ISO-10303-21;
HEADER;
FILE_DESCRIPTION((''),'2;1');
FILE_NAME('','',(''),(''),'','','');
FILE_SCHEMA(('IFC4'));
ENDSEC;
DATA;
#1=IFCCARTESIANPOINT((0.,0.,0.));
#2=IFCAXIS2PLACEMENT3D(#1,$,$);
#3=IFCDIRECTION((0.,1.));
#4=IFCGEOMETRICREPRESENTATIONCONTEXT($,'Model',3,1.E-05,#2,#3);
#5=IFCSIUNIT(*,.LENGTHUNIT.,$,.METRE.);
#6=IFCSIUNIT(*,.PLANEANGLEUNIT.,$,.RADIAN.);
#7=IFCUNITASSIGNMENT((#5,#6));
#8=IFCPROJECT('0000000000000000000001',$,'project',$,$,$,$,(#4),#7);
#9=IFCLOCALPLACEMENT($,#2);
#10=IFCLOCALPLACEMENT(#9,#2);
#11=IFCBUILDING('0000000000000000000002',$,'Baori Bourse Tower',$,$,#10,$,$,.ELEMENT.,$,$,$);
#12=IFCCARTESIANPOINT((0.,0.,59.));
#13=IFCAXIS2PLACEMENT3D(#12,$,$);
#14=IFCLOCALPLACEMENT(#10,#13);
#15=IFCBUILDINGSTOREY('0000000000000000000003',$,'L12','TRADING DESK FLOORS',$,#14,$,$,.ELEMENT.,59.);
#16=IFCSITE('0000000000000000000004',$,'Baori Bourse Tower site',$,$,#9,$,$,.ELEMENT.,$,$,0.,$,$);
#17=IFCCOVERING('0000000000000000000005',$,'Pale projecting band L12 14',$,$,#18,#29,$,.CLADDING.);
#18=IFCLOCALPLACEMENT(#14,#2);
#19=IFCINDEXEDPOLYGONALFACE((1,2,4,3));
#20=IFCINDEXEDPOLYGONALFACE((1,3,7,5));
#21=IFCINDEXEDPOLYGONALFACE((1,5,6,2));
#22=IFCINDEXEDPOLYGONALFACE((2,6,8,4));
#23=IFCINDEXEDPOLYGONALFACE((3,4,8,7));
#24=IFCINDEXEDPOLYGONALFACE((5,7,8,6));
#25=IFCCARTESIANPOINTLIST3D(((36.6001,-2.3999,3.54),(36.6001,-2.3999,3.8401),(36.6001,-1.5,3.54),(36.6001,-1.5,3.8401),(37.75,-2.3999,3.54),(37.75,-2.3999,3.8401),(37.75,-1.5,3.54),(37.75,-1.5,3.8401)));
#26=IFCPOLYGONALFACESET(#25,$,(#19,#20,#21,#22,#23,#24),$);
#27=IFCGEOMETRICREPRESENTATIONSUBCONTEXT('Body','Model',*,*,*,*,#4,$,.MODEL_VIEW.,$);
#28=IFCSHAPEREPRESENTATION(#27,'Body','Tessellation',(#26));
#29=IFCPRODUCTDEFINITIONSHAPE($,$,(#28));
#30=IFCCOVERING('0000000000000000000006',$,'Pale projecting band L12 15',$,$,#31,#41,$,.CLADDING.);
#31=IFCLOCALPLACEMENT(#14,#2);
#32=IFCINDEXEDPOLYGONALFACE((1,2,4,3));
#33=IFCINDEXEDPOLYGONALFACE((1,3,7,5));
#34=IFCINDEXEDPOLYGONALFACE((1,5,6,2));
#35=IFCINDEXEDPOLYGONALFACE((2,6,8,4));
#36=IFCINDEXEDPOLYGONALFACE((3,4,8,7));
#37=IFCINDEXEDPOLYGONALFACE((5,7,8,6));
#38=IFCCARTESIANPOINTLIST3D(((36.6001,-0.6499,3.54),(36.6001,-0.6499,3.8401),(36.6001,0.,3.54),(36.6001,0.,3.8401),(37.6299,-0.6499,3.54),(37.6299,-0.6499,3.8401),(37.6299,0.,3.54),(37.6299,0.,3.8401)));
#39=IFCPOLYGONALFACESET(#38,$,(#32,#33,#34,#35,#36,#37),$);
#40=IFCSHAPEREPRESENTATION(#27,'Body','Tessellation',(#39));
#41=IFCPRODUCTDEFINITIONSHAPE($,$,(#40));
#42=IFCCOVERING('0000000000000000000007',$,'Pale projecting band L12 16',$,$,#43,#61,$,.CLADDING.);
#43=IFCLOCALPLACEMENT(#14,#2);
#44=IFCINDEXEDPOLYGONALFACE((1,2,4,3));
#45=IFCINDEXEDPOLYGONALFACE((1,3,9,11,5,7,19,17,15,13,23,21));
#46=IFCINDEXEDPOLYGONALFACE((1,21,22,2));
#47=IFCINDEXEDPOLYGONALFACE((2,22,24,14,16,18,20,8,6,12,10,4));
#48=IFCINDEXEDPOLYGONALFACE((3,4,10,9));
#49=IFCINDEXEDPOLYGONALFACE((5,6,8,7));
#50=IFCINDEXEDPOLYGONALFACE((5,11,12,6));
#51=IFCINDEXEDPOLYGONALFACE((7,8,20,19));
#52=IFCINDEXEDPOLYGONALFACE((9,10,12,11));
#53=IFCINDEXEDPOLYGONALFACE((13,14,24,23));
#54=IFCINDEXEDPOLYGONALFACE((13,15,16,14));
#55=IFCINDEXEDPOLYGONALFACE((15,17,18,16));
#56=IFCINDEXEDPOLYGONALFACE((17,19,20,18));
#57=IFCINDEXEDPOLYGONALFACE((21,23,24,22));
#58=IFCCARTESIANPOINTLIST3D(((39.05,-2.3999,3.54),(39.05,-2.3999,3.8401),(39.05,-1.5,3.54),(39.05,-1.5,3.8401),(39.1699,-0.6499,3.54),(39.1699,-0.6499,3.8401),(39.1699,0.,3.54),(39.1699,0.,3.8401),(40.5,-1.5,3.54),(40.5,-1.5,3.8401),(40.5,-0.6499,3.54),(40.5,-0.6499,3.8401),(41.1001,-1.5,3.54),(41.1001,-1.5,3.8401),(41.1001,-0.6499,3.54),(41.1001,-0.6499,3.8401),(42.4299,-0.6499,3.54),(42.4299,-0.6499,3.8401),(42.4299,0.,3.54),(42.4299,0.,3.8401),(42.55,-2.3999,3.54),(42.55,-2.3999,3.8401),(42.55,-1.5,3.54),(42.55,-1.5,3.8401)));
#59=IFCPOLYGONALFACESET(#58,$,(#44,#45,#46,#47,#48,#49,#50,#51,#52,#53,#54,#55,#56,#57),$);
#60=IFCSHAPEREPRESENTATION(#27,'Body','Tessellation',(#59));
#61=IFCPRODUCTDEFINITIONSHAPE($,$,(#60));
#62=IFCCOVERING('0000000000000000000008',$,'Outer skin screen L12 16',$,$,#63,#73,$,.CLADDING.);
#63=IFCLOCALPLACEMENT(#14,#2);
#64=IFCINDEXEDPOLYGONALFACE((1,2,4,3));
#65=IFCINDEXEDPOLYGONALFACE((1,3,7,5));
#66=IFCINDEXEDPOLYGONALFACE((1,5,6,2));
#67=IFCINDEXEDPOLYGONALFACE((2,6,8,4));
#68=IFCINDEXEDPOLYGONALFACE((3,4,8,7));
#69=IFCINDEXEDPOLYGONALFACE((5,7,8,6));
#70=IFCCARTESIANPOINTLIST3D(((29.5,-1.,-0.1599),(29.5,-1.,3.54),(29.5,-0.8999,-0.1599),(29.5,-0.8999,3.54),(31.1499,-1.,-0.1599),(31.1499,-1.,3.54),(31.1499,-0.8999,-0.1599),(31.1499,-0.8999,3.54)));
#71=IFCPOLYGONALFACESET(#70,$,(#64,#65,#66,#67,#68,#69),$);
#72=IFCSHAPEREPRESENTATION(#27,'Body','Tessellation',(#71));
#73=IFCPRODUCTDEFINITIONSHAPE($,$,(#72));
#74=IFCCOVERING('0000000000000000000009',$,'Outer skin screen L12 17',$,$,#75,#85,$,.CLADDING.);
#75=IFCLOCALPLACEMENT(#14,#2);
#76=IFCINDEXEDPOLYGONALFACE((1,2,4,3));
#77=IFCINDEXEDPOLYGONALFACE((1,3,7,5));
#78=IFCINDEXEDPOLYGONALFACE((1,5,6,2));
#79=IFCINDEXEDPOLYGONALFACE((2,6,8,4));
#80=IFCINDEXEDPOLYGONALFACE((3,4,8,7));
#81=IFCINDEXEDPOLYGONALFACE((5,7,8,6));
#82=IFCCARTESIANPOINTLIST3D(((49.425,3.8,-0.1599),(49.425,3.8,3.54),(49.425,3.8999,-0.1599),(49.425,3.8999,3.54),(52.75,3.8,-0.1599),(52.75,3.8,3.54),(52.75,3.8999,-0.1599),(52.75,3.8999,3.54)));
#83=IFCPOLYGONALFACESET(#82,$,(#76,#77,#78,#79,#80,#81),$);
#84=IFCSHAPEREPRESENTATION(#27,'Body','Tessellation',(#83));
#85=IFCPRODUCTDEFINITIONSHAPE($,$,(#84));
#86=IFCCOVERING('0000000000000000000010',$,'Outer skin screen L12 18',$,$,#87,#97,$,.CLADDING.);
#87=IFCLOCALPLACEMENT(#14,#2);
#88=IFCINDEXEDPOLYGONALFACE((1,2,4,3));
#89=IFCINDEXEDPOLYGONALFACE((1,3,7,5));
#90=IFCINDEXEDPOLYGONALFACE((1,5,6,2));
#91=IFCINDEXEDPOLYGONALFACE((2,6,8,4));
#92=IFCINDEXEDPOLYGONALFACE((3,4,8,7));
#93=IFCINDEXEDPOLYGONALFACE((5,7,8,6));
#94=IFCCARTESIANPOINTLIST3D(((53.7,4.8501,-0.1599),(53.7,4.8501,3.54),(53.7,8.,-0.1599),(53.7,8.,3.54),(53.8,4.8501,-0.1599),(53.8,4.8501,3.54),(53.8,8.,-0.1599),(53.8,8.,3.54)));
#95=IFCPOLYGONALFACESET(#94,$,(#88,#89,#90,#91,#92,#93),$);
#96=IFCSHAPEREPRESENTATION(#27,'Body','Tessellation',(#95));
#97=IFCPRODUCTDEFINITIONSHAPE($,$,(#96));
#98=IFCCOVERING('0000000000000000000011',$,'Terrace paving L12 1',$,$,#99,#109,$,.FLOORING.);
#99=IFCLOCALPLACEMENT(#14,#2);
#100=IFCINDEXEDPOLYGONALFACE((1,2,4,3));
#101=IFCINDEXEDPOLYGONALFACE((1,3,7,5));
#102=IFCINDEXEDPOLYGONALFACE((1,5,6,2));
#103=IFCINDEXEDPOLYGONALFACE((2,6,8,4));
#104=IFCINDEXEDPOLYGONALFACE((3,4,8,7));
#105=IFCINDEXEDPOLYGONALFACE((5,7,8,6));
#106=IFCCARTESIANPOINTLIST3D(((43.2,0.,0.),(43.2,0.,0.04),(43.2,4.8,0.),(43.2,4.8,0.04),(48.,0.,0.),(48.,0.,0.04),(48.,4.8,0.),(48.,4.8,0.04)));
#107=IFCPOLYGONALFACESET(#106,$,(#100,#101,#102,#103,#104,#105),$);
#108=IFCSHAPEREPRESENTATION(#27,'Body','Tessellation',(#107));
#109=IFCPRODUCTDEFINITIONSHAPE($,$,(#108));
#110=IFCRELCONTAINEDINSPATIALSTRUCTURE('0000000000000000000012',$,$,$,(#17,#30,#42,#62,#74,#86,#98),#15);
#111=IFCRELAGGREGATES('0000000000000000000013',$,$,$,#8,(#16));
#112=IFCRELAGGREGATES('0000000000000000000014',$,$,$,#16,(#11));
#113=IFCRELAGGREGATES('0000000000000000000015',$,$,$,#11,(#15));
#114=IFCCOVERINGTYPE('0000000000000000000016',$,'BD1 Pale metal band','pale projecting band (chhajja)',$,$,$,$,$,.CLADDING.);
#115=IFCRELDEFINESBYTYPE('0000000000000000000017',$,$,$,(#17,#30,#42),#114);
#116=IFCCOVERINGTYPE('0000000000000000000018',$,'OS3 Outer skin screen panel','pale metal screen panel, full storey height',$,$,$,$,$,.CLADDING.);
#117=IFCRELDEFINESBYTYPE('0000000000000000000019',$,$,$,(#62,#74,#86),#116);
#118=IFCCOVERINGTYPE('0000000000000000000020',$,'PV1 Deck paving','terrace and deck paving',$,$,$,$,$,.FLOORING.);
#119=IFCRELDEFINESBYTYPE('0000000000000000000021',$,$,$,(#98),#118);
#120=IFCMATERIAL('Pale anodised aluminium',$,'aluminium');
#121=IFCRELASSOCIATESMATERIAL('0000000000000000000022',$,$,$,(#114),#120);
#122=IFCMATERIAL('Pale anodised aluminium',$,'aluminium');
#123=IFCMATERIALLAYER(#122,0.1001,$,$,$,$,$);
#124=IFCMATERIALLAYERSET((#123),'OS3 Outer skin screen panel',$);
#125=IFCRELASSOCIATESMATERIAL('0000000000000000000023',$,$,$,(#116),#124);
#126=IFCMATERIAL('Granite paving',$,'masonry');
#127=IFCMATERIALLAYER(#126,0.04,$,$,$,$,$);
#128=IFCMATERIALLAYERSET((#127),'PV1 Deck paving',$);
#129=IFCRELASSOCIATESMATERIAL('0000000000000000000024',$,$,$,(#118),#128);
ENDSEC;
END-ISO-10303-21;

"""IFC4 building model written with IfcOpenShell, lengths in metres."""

from ifc_helpers import new_model, si_unit, direction, frame, origin, place, context, subcontext, project, spatial, polyline, outline, extrude, material, layer, layer_set, type_object, element, save


model = new_model("IFC4")

# Units and contexts
model_context = context("Model", 3, precision=1e-05, world=origin(), true_north=direction((0.0, 1.0)))
body_context = subcontext(model_context, "Body", "Model", "MODEL_VIEW")
ifc_project = project(units=[si_unit("LENGTHUNIT", "METRE"), si_unit("PLANEANGLEUNIT", "RADIAN")], contexts=[model_context])

# Site, building, storey
site_placement = place(None, origin())
site = spatial("IfcSite", under=ifc_project, at=site_placement, Name="Baori Bourse Tower site", CompositionType="ELEMENT", RefElevation=0.0)
building_placement = place(site_placement, origin())
building = spatial("IfcBuilding", under=site, at=building_placement, Name="Baori Bourse Tower", CompositionType="ELEMENT")
storey_placement = place(building_placement, frame((0.0, 0.0, 59.0)))
storey = spatial("IfcBuildingStorey", under=building, at=storey_placement, Name="L12", Description="TRADING DESK FLOORS", CompositionType="ELEMENT", Elevation=59.0)

# Coverings
ifc_material_1 = material(Name="Pale anodised aluminium", Category="aluminium")
covering_type_1 = type_object("IfcCoveringType", Name="BD1 Pale metal band", Description="pale projecting band (chhajja)", PredefinedType="CLADDING", material=ifc_material_1)
covering_1_placement = place(storey_placement, frame((0.0, 0.0, 3.54)))
element("IfcCovering", 1, at=covering_1_placement, inside=storey, type_object=covering_type_1, Name="Pale projecting band L12 14", PredefinedType="CLADDING", context=body_context, shape_type="SweptSolid", body=[
    extrude(outline(polyline([(37.75, -2.3999), (37.75, -1.5), (36.6001, -1.5), (36.6001, -2.3999), (37.75, -2.3999)])), origin(), (0.0, 0.0, 1.0), 0.3),
])
covering_2_placement = place(storey_placement, frame((0.0, 0.0, 3.54)))
element("IfcCovering", 2, at=covering_2_placement, inside=storey, type_object=covering_type_1, Name="Pale projecting band L12 15", PredefinedType="CLADDING", context=body_context, shape_type="SweptSolid", body=[
    extrude(outline(polyline([(37.6299, 0.0), (36.6001, 0.0), (36.6001, -0.6499), (37.6299, -0.6499), (37.6299, 0.0)])), origin(), (0.0, 0.0, 1.0), 0.3),
])
covering_3_placement = place(storey_placement, frame((0.0, 0.0, 3.54)))
element("IfcCovering", 3, at=covering_3_placement, inside=storey, type_object=covering_type_1, Name="Pale projecting band L12 16", PredefinedType="CLADDING", context=body_context, shape_type="SweptSolid", body=[
    extrude(outline(polyline([(42.4299, 0.0), (39.1699, 0.0), (39.1699, -0.6499), (40.5, -0.6499), (40.5, -1.5), (39.05, -1.5), (39.05, -2.3999), (42.55, -2.3999), (42.55, -1.5), (41.1001, -1.5), (41.1001, -0.6499), (42.4299, -0.6499), (42.4299, 0.0)])), origin(), (0.0, 0.0, 1.0), 0.3),
])
ifc_material_2 = material(Name="Pale anodised aluminium", Category="aluminium")
ifc_layer_1 = layer(ifc_material_2, 0.1001)
ifc_layer_set_1 = layer_set([ifc_layer_1], Name="OS3 Outer skin screen panel")
covering_type_2 = type_object("IfcCoveringType", Name="OS3 Outer skin screen panel", Description="pale metal screen panel, full storey height", PredefinedType="CLADDING", material=ifc_layer_set_1)
covering_4_placement = place(storey_placement, frame((0.0, 0.0, -0.1599)))
element("IfcCovering", 4, at=covering_4_placement, inside=storey, type_object=covering_type_2, Name="Outer skin screen L12 16", PredefinedType="CLADDING", context=body_context, shape_type="SweptSolid", body=[
    extrude(outline(polyline([(31.1499, -0.8999), (29.5, -0.8999), (29.5, -1.0), (31.1499, -1.0), (31.1499, -0.8999)])), origin(), (0.0, 0.0, 1.0), 3.7),
])
covering_5_placement = place(storey_placement, frame((0.0, 0.0, -0.1599)))
element("IfcCovering", 5, at=covering_5_placement, inside=storey, type_object=covering_type_2, Name="Outer skin screen L12 17", PredefinedType="CLADDING", context=body_context, shape_type="SweptSolid", body=[
    extrude(outline(polyline([(52.75, 3.8999), (49.425, 3.8999), (49.425, 3.8), (52.75, 3.8), (52.75, 3.8999)])), origin(), (0.0, 0.0, 1.0), 3.7),
])
covering_6_placement = place(storey_placement, frame((0.0, 0.0, -0.1599)))
element("IfcCovering", 6, at=covering_6_placement, inside=storey, type_object=covering_type_2, Name="Outer skin screen L12 18", PredefinedType="CLADDING", context=body_context, shape_type="SweptSolid", body=[
    extrude(outline(polyline([(53.7, 8.0), (53.7, 4.8501), (53.8, 4.8501), (53.8, 8.0), (53.7, 8.0)])), origin(), (0.0, 0.0, 1.0), 3.7),
])
ifc_material_3 = material(Name="Granite paving", Category="masonry")
ifc_layer_2 = layer(ifc_material_3, 0.04)
ifc_layer_set_2 = layer_set([ifc_layer_2], Name="PV1 Deck paving")
covering_type_3 = type_object("IfcCoveringType", Name="PV1 Deck paving", Description="terrace and deck paving", PredefinedType="FLOORING", material=ifc_layer_set_2)
covering_7_placement = place(storey_placement, origin())
element("IfcCovering", 7, at=covering_7_placement, inside=storey, type_object=covering_type_3, Name="Terrace paving L12 1", PredefinedType="FLOORING", context=body_context, shape_type="SweptSolid", body=[
    extrude(outline(polyline([(43.2, 0.0), (48.0, 0.0), (48.0, 4.8), (43.2, 4.8), (43.2, 0.0)])), origin(), (0.0, 0.0, 1.0), 0.04),
])

save(model, "model.ifc")
